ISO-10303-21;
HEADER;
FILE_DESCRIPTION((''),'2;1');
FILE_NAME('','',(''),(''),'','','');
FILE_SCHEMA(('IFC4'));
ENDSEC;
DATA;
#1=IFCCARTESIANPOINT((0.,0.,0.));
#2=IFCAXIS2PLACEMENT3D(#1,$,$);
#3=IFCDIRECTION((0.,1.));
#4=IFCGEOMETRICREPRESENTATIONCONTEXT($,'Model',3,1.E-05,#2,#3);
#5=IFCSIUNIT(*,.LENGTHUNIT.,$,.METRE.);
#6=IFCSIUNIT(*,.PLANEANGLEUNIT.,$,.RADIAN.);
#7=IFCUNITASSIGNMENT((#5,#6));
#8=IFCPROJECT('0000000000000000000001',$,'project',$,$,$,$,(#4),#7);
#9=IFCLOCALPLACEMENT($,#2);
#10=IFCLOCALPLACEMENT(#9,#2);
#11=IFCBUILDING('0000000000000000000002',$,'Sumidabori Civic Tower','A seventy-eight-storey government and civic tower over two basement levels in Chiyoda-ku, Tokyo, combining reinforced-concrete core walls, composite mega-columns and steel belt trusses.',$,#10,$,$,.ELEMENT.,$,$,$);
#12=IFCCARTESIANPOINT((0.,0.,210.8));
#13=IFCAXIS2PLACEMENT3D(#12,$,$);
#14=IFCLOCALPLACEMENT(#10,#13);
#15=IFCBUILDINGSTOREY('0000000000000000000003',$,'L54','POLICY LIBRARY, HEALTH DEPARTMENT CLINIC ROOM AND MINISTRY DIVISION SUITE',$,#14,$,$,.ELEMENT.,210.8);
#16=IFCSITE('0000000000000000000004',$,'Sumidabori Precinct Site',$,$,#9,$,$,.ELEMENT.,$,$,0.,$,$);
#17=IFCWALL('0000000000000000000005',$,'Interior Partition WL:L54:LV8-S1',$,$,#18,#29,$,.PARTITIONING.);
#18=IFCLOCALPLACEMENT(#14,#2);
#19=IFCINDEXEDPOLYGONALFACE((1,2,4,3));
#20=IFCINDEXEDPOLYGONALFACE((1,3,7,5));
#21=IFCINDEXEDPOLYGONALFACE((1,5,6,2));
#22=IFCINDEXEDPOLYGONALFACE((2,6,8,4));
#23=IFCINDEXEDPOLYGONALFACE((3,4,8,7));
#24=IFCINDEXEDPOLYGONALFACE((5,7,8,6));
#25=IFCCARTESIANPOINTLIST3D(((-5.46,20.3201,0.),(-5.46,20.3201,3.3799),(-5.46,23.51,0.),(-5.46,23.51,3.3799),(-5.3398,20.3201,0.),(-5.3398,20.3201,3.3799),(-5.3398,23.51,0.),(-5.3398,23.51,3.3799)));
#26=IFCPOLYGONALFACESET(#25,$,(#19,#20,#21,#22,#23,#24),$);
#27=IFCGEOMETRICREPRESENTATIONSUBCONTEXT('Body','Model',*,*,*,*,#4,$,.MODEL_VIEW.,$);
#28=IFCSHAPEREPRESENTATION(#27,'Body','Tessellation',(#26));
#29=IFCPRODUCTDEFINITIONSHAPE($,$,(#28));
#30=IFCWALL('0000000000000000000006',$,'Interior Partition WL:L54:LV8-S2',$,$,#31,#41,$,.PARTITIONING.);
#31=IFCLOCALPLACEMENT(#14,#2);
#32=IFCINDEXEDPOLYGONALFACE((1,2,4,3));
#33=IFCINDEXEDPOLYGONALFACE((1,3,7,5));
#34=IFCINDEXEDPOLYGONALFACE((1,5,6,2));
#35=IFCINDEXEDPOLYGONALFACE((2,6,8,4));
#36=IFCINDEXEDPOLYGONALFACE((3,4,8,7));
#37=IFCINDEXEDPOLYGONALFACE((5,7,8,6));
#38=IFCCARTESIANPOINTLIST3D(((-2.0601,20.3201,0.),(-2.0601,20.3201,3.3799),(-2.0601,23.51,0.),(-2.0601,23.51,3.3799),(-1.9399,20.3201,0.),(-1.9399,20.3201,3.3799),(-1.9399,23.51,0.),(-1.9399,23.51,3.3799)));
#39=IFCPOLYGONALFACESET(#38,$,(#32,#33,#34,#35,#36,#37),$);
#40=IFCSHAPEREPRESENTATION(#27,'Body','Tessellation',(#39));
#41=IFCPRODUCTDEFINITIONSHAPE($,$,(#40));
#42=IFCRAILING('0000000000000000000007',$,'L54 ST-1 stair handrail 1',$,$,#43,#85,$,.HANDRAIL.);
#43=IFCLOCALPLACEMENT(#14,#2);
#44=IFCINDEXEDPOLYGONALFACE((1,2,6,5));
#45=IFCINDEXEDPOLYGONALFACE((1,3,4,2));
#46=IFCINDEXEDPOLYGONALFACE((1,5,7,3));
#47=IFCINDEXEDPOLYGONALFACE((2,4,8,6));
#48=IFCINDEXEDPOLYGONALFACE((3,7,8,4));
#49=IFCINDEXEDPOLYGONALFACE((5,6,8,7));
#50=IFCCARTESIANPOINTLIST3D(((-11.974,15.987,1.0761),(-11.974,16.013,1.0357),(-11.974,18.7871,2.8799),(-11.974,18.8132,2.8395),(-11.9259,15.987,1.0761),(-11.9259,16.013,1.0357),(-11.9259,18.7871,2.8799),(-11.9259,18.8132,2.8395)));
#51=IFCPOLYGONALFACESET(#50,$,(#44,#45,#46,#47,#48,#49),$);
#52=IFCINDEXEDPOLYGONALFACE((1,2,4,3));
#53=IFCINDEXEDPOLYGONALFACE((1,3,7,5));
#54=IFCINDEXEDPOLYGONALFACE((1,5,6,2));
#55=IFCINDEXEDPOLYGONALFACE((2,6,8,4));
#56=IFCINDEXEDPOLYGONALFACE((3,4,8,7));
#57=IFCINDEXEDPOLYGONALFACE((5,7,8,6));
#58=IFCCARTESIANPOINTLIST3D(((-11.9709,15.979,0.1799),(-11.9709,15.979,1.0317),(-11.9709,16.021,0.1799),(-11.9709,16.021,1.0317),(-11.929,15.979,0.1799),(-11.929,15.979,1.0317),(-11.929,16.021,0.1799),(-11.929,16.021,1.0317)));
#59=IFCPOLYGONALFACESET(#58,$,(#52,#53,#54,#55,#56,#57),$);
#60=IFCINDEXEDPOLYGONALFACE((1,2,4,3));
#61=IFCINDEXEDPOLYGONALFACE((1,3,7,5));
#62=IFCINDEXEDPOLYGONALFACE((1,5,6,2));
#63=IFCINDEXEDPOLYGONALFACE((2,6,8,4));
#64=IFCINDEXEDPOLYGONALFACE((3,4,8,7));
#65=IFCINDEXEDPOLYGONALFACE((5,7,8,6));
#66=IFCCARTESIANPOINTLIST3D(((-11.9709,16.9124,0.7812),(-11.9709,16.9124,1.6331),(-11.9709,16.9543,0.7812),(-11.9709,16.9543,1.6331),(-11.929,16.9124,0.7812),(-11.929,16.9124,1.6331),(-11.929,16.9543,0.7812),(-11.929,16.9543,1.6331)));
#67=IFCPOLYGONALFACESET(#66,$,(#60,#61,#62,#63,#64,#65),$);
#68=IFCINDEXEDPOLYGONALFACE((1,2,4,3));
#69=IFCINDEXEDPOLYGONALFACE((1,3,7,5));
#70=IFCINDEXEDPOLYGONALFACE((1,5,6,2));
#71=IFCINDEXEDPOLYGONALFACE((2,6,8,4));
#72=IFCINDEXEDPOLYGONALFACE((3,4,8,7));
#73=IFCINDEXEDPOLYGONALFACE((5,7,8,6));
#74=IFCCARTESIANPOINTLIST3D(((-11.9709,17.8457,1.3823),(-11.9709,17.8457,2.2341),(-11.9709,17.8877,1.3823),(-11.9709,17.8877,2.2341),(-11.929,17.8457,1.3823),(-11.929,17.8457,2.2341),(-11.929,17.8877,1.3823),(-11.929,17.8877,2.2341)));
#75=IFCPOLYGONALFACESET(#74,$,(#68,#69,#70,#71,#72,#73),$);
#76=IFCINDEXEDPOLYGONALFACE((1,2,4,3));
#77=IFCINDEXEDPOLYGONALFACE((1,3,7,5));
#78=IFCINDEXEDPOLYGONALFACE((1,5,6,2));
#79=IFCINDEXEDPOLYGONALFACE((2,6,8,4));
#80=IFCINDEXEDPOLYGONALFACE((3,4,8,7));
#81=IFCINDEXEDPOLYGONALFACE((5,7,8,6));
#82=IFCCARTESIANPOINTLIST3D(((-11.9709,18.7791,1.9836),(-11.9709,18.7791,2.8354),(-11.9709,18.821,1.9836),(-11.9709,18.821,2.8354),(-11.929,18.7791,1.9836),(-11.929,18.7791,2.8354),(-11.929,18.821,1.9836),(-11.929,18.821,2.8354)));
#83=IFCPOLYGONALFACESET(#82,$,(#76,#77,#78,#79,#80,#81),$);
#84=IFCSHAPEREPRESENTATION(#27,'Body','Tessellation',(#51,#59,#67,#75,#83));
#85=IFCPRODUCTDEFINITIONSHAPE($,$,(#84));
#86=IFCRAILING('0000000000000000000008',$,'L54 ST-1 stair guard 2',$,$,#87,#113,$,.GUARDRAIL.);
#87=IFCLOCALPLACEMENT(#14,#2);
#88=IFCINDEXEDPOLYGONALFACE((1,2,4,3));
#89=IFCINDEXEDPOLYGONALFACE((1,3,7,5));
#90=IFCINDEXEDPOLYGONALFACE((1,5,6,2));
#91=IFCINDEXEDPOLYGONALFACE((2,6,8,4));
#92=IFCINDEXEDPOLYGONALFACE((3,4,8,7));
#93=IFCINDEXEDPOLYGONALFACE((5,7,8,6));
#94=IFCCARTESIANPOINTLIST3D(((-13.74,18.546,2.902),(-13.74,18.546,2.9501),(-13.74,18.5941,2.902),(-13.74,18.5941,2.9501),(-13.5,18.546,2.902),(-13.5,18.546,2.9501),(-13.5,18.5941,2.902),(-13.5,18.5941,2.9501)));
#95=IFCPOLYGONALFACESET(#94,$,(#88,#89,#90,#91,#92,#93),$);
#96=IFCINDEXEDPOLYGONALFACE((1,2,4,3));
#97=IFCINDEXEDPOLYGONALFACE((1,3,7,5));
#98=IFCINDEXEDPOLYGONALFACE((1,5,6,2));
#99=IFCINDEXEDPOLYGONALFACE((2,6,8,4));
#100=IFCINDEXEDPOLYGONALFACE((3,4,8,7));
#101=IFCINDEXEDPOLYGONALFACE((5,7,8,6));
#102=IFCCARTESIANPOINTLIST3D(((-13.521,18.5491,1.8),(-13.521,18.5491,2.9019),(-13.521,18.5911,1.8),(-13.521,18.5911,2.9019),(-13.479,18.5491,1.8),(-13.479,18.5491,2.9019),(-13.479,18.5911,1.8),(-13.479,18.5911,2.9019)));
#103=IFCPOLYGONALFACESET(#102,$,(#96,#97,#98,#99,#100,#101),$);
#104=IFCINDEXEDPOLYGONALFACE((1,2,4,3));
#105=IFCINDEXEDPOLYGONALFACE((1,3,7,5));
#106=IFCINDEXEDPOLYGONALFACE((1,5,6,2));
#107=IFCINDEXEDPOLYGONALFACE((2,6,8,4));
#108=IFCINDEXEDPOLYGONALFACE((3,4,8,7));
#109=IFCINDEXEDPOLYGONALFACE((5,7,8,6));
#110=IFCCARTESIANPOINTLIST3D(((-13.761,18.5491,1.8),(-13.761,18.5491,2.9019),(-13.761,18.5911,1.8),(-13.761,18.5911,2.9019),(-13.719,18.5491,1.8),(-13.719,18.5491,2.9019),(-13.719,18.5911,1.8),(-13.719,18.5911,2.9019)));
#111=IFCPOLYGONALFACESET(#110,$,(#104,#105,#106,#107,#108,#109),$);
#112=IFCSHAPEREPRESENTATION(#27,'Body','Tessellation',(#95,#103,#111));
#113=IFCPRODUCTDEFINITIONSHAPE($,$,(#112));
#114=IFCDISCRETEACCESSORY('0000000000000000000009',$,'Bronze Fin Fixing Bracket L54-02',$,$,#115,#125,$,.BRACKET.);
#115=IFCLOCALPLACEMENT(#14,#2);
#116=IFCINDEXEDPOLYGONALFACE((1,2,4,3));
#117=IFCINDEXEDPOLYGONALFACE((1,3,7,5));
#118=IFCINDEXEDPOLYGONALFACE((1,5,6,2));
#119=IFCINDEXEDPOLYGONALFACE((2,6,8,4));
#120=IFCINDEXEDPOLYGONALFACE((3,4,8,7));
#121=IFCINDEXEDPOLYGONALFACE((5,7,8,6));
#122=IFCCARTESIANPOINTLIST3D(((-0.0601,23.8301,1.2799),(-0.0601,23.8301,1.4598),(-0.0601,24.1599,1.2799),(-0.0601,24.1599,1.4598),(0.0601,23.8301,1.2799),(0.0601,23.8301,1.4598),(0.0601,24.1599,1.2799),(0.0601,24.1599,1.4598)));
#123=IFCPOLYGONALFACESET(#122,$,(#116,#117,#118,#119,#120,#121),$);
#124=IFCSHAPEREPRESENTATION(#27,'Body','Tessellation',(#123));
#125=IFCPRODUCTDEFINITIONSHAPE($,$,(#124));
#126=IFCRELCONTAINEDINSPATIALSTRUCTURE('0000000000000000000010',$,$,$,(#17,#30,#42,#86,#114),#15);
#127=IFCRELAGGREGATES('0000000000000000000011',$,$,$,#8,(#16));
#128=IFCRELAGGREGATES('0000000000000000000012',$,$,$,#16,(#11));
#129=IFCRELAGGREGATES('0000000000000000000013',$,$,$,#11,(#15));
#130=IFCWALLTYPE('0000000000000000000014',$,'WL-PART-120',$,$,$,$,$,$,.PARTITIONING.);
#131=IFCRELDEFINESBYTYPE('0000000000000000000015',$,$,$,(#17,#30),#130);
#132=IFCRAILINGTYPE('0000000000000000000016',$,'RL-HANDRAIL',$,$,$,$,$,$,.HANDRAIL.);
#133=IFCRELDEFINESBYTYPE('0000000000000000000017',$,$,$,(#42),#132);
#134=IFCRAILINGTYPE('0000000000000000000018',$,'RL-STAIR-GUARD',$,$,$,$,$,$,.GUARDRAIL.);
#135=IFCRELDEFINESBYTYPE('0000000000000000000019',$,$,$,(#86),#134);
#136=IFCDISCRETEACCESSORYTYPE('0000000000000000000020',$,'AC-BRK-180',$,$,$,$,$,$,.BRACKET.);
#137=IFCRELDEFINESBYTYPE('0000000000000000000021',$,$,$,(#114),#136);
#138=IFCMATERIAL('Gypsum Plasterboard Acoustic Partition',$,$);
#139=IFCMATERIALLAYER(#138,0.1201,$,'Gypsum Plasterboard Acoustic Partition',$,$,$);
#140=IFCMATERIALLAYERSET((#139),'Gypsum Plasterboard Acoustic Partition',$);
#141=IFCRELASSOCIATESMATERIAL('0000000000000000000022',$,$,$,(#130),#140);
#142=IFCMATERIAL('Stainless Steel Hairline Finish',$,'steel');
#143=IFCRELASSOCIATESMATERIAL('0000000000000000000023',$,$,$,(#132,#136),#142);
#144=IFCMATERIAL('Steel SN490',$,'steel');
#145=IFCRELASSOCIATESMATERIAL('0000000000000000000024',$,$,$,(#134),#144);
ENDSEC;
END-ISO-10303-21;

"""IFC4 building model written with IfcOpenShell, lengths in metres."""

from ifc_helpers import new_model, si_unit, direction, frame, frame_2d, origin, origin_2d, place, context, subcontext, project, spatial, rectangle, extrude, source, transform, mapped, material, layer, layer_set, material_profile, profile_set, type_object, element, save


model = new_model("IFC4")

# Units and contexts
model_context = context("Model", 3, precision=1e-05, world=origin(), true_north=direction((0.0, 1.0)))
body_context = subcontext(model_context, "Body", "Model", "MODEL_VIEW")
ifc_project = project(units=[si_unit("LENGTHUNIT", "METRE"), si_unit("PLANEANGLEUNIT", "RADIAN")], contexts=[model_context])

# Site, building, storey
site_placement = place(None, origin())
site = spatial("IfcSite", under=ifc_project, at=site_placement, Name="Sumidabori Precinct Site", CompositionType="ELEMENT", RefElevation=0.0)
building_placement = place(site_placement, origin())
building = spatial("IfcBuilding", under=site, at=building_placement, Name="Sumidabori Civic Tower", Description="A seventy-eight-storey government and civic tower over two basement levels in Chiyoda-ku, Tokyo, combining reinforced-concrete core walls, composite mega-columns and steel belt trusses.", CompositionType="ELEMENT")
storey_placement = place(building_placement, frame((0.0, 0.0, 210.8)))
storey = spatial("IfcBuildingStorey", under=building, at=storey_placement, Name="L54", Description="POLICY LIBRARY, HEALTH DEPARTMENT CLINIC ROOM AND MINISTRY DIVISION SUITE", CompositionType="ELEMENT", Elevation=210.8)

# Shared definitions
ifc_material_1 = material(Name="Gypsum Plasterboard Acoustic Partition")

# Walls
ifc_layer_1 = layer(ifc_material_1, 0.1201, Name="Gypsum Plasterboard Acoustic Partition")
ifc_layer_set_1 = layer_set([ifc_layer_1], Name="Gypsum Plasterboard Acoustic Partition")
wall_type_1 = type_object("IfcWallType", Name="WL-PART-120", PredefinedType="PARTITIONING", material=ifc_layer_set_1)
shared_shape_1 = source(origin(), body_context, "Body", "SweptSolid", [
    extrude(rectangle(XDim=3.1899, YDim=0.1201, at=frame_2d((1.595, 0.0))), origin(), (0.0, 0.0, 1.0), 3.3799),
])
for number, where, z_axis, x_axis, name in (
    (1, (-5.3999, 20.3201, 0.0), (0.0, 0.0, 1.0), (0.0, 1.0, 0.0), "Interior Partition WL:L54:LV8-S1"),
    (2, (-2.0, 20.3201, 0.0), (0.0, 0.0, 1.0), (0.0, 1.0, 0.0), "Interior Partition WL:L54:LV8-S2"),
):
    element("IfcWall", number, at=place(storey_placement, frame(where, z_axis=z_axis, x_axis=x_axis)), inside=storey, type_object=wall_type_1, Name=name, PredefinedType="PARTITIONING", context=body_context, shape_type="MappedRepresentation", body=[
        mapped(shared_shape_1, transform((0.0, 0.0, 0.0), x_axis=(1.0, 0.0, 0.0), y_axis=(0.0, 1.0, 0.0), z_axis=(0.0, 0.0, 1.0), scale=1.0)),
    ])

# Railings
ifc_material_2 = material(Name="Stainless Steel Hairline Finish", Category="steel")
railing_type_1 = type_object("IfcRailingType", Name="RL-HANDRAIL", PredefinedType="HANDRAIL", material=ifc_material_2)
railing_1_placement = place(storey_placement, frame((-11.95, 16.0, 0.1799)))
element("IfcRailing", 3, at=railing_1_placement, inside=storey, type_object=railing_type_1, Name="L54 ST-1 stair handrail 1", PredefinedType="HANDRAIL", context=body_context, shape_type="SweptSolid", body=[
    extrude(rectangle(XDim=0.0481, YDim=0.0481, at=origin_2d()), frame((0.0, 0.0, 0.876), z_axis=(0.0, 0.840676, 0.541539), x_axis=(-1.0, 0.0, 0.0)), (0.0, 0.0, 1.0), 3.3308),
    extrude(rectangle(XDim=0.042, YDim=0.042, at=origin_2d()), origin(), (0.0, 0.0, 1.0), 0.8518),
    extrude(rectangle(XDim=0.042, YDim=0.042, at=origin_2d()), frame((0.0, 0.9333, 0.6013)), (0.0, 0.0, 1.0), 0.8518),
    extrude(rectangle(XDim=0.042, YDim=0.042, at=origin_2d()), frame((0.0, 1.8667, 1.2024)), (0.0, 0.0, 1.0), 0.8518),
    extrude(rectangle(XDim=0.042, YDim=0.042, at=origin_2d()), frame((0.0, 2.8, 1.8037)), (0.0, 0.0, 1.0), 0.8518),
])
ifc_material_3 = material(Name="Steel SN490", Category="steel")
railing_type_2 = type_object("IfcRailingType", Name="RL-STAIR-GUARD", PredefinedType="GUARDRAIL", material=ifc_material_3)
railing_2_placement = place(storey_placement, frame((-13.5, 18.5701, 1.8)))
element("IfcRailing", 4, at=railing_2_placement, inside=storey, type_object=railing_type_2, Name="L54 ST-1 stair guard 2", PredefinedType="GUARDRAIL", context=body_context, shape_type="SweptSolid", body=[
    extrude(rectangle(XDim=0.0481, YDim=0.0481, at=origin_2d()), frame((0.0, 0.0, 1.126), z_axis=(-1.0, 0.0, 0.0), x_axis=(0.0, -1.0, 0.0)), (0.0, 0.0, 1.0), 0.24),
    extrude(rectangle(XDim=0.042, YDim=0.042, at=origin_2d()), origin(), (0.0, 0.0, 1.0), 1.1018),
    extrude(rectangle(XDim=0.042, YDim=0.042, at=origin_2d()), frame((-0.24, 0.0, 0.0)), (0.0, 0.0, 1.0), 1.1018),
])

# Discrete accessory
ifc_material_profile_1 = material_profile(ifc_material_2, rectangle(XDim=0.1201, YDim=0.1799, at=origin_2d()), Name="STEEL BRACKET 180x120")
ifc_profile_set_1 = profile_set([ifc_material_profile_1], Name="Stainless Steel Hairline Finish")
discrete_accessory_type = type_object("IfcDiscreteAccessoryType", Name="AC-BRK-180", PredefinedType="BRACKET", material=ifc_profile_set_1)
shared_shape_2 = source(origin(), body_context, "Body", "SweptSolid", [
    extrude(rectangle(XDim=0.1201, YDim=0.1799, at=origin_2d()), origin(), (0.0, 0.0, 1.0), 0.3298),
])
discrete_accessory_placement = place(storey_placement, frame((0.0, 23.8301, 1.3699), z_axis=(0.0, 1.0, 0.0), x_axis=(-1.0, 0.0, 0.0)))
element("IfcDiscreteAccessory", 5, at=discrete_accessory_placement, inside=storey, type_object=discrete_accessory_type, Name="Bronze Fin Fixing Bracket L54-02", PredefinedType="BRACKET", context=body_context, shape_type="MappedRepresentation", body=[
    mapped(shared_shape_2, transform((0.0, 0.0, 0.0), x_axis=(1.0, 0.0, 0.0), y_axis=(0.0, 1.0, 0.0), z_axis=(0.0, 0.0, 1.0), scale=1.0)),
])

save(model, "model.ifc")
